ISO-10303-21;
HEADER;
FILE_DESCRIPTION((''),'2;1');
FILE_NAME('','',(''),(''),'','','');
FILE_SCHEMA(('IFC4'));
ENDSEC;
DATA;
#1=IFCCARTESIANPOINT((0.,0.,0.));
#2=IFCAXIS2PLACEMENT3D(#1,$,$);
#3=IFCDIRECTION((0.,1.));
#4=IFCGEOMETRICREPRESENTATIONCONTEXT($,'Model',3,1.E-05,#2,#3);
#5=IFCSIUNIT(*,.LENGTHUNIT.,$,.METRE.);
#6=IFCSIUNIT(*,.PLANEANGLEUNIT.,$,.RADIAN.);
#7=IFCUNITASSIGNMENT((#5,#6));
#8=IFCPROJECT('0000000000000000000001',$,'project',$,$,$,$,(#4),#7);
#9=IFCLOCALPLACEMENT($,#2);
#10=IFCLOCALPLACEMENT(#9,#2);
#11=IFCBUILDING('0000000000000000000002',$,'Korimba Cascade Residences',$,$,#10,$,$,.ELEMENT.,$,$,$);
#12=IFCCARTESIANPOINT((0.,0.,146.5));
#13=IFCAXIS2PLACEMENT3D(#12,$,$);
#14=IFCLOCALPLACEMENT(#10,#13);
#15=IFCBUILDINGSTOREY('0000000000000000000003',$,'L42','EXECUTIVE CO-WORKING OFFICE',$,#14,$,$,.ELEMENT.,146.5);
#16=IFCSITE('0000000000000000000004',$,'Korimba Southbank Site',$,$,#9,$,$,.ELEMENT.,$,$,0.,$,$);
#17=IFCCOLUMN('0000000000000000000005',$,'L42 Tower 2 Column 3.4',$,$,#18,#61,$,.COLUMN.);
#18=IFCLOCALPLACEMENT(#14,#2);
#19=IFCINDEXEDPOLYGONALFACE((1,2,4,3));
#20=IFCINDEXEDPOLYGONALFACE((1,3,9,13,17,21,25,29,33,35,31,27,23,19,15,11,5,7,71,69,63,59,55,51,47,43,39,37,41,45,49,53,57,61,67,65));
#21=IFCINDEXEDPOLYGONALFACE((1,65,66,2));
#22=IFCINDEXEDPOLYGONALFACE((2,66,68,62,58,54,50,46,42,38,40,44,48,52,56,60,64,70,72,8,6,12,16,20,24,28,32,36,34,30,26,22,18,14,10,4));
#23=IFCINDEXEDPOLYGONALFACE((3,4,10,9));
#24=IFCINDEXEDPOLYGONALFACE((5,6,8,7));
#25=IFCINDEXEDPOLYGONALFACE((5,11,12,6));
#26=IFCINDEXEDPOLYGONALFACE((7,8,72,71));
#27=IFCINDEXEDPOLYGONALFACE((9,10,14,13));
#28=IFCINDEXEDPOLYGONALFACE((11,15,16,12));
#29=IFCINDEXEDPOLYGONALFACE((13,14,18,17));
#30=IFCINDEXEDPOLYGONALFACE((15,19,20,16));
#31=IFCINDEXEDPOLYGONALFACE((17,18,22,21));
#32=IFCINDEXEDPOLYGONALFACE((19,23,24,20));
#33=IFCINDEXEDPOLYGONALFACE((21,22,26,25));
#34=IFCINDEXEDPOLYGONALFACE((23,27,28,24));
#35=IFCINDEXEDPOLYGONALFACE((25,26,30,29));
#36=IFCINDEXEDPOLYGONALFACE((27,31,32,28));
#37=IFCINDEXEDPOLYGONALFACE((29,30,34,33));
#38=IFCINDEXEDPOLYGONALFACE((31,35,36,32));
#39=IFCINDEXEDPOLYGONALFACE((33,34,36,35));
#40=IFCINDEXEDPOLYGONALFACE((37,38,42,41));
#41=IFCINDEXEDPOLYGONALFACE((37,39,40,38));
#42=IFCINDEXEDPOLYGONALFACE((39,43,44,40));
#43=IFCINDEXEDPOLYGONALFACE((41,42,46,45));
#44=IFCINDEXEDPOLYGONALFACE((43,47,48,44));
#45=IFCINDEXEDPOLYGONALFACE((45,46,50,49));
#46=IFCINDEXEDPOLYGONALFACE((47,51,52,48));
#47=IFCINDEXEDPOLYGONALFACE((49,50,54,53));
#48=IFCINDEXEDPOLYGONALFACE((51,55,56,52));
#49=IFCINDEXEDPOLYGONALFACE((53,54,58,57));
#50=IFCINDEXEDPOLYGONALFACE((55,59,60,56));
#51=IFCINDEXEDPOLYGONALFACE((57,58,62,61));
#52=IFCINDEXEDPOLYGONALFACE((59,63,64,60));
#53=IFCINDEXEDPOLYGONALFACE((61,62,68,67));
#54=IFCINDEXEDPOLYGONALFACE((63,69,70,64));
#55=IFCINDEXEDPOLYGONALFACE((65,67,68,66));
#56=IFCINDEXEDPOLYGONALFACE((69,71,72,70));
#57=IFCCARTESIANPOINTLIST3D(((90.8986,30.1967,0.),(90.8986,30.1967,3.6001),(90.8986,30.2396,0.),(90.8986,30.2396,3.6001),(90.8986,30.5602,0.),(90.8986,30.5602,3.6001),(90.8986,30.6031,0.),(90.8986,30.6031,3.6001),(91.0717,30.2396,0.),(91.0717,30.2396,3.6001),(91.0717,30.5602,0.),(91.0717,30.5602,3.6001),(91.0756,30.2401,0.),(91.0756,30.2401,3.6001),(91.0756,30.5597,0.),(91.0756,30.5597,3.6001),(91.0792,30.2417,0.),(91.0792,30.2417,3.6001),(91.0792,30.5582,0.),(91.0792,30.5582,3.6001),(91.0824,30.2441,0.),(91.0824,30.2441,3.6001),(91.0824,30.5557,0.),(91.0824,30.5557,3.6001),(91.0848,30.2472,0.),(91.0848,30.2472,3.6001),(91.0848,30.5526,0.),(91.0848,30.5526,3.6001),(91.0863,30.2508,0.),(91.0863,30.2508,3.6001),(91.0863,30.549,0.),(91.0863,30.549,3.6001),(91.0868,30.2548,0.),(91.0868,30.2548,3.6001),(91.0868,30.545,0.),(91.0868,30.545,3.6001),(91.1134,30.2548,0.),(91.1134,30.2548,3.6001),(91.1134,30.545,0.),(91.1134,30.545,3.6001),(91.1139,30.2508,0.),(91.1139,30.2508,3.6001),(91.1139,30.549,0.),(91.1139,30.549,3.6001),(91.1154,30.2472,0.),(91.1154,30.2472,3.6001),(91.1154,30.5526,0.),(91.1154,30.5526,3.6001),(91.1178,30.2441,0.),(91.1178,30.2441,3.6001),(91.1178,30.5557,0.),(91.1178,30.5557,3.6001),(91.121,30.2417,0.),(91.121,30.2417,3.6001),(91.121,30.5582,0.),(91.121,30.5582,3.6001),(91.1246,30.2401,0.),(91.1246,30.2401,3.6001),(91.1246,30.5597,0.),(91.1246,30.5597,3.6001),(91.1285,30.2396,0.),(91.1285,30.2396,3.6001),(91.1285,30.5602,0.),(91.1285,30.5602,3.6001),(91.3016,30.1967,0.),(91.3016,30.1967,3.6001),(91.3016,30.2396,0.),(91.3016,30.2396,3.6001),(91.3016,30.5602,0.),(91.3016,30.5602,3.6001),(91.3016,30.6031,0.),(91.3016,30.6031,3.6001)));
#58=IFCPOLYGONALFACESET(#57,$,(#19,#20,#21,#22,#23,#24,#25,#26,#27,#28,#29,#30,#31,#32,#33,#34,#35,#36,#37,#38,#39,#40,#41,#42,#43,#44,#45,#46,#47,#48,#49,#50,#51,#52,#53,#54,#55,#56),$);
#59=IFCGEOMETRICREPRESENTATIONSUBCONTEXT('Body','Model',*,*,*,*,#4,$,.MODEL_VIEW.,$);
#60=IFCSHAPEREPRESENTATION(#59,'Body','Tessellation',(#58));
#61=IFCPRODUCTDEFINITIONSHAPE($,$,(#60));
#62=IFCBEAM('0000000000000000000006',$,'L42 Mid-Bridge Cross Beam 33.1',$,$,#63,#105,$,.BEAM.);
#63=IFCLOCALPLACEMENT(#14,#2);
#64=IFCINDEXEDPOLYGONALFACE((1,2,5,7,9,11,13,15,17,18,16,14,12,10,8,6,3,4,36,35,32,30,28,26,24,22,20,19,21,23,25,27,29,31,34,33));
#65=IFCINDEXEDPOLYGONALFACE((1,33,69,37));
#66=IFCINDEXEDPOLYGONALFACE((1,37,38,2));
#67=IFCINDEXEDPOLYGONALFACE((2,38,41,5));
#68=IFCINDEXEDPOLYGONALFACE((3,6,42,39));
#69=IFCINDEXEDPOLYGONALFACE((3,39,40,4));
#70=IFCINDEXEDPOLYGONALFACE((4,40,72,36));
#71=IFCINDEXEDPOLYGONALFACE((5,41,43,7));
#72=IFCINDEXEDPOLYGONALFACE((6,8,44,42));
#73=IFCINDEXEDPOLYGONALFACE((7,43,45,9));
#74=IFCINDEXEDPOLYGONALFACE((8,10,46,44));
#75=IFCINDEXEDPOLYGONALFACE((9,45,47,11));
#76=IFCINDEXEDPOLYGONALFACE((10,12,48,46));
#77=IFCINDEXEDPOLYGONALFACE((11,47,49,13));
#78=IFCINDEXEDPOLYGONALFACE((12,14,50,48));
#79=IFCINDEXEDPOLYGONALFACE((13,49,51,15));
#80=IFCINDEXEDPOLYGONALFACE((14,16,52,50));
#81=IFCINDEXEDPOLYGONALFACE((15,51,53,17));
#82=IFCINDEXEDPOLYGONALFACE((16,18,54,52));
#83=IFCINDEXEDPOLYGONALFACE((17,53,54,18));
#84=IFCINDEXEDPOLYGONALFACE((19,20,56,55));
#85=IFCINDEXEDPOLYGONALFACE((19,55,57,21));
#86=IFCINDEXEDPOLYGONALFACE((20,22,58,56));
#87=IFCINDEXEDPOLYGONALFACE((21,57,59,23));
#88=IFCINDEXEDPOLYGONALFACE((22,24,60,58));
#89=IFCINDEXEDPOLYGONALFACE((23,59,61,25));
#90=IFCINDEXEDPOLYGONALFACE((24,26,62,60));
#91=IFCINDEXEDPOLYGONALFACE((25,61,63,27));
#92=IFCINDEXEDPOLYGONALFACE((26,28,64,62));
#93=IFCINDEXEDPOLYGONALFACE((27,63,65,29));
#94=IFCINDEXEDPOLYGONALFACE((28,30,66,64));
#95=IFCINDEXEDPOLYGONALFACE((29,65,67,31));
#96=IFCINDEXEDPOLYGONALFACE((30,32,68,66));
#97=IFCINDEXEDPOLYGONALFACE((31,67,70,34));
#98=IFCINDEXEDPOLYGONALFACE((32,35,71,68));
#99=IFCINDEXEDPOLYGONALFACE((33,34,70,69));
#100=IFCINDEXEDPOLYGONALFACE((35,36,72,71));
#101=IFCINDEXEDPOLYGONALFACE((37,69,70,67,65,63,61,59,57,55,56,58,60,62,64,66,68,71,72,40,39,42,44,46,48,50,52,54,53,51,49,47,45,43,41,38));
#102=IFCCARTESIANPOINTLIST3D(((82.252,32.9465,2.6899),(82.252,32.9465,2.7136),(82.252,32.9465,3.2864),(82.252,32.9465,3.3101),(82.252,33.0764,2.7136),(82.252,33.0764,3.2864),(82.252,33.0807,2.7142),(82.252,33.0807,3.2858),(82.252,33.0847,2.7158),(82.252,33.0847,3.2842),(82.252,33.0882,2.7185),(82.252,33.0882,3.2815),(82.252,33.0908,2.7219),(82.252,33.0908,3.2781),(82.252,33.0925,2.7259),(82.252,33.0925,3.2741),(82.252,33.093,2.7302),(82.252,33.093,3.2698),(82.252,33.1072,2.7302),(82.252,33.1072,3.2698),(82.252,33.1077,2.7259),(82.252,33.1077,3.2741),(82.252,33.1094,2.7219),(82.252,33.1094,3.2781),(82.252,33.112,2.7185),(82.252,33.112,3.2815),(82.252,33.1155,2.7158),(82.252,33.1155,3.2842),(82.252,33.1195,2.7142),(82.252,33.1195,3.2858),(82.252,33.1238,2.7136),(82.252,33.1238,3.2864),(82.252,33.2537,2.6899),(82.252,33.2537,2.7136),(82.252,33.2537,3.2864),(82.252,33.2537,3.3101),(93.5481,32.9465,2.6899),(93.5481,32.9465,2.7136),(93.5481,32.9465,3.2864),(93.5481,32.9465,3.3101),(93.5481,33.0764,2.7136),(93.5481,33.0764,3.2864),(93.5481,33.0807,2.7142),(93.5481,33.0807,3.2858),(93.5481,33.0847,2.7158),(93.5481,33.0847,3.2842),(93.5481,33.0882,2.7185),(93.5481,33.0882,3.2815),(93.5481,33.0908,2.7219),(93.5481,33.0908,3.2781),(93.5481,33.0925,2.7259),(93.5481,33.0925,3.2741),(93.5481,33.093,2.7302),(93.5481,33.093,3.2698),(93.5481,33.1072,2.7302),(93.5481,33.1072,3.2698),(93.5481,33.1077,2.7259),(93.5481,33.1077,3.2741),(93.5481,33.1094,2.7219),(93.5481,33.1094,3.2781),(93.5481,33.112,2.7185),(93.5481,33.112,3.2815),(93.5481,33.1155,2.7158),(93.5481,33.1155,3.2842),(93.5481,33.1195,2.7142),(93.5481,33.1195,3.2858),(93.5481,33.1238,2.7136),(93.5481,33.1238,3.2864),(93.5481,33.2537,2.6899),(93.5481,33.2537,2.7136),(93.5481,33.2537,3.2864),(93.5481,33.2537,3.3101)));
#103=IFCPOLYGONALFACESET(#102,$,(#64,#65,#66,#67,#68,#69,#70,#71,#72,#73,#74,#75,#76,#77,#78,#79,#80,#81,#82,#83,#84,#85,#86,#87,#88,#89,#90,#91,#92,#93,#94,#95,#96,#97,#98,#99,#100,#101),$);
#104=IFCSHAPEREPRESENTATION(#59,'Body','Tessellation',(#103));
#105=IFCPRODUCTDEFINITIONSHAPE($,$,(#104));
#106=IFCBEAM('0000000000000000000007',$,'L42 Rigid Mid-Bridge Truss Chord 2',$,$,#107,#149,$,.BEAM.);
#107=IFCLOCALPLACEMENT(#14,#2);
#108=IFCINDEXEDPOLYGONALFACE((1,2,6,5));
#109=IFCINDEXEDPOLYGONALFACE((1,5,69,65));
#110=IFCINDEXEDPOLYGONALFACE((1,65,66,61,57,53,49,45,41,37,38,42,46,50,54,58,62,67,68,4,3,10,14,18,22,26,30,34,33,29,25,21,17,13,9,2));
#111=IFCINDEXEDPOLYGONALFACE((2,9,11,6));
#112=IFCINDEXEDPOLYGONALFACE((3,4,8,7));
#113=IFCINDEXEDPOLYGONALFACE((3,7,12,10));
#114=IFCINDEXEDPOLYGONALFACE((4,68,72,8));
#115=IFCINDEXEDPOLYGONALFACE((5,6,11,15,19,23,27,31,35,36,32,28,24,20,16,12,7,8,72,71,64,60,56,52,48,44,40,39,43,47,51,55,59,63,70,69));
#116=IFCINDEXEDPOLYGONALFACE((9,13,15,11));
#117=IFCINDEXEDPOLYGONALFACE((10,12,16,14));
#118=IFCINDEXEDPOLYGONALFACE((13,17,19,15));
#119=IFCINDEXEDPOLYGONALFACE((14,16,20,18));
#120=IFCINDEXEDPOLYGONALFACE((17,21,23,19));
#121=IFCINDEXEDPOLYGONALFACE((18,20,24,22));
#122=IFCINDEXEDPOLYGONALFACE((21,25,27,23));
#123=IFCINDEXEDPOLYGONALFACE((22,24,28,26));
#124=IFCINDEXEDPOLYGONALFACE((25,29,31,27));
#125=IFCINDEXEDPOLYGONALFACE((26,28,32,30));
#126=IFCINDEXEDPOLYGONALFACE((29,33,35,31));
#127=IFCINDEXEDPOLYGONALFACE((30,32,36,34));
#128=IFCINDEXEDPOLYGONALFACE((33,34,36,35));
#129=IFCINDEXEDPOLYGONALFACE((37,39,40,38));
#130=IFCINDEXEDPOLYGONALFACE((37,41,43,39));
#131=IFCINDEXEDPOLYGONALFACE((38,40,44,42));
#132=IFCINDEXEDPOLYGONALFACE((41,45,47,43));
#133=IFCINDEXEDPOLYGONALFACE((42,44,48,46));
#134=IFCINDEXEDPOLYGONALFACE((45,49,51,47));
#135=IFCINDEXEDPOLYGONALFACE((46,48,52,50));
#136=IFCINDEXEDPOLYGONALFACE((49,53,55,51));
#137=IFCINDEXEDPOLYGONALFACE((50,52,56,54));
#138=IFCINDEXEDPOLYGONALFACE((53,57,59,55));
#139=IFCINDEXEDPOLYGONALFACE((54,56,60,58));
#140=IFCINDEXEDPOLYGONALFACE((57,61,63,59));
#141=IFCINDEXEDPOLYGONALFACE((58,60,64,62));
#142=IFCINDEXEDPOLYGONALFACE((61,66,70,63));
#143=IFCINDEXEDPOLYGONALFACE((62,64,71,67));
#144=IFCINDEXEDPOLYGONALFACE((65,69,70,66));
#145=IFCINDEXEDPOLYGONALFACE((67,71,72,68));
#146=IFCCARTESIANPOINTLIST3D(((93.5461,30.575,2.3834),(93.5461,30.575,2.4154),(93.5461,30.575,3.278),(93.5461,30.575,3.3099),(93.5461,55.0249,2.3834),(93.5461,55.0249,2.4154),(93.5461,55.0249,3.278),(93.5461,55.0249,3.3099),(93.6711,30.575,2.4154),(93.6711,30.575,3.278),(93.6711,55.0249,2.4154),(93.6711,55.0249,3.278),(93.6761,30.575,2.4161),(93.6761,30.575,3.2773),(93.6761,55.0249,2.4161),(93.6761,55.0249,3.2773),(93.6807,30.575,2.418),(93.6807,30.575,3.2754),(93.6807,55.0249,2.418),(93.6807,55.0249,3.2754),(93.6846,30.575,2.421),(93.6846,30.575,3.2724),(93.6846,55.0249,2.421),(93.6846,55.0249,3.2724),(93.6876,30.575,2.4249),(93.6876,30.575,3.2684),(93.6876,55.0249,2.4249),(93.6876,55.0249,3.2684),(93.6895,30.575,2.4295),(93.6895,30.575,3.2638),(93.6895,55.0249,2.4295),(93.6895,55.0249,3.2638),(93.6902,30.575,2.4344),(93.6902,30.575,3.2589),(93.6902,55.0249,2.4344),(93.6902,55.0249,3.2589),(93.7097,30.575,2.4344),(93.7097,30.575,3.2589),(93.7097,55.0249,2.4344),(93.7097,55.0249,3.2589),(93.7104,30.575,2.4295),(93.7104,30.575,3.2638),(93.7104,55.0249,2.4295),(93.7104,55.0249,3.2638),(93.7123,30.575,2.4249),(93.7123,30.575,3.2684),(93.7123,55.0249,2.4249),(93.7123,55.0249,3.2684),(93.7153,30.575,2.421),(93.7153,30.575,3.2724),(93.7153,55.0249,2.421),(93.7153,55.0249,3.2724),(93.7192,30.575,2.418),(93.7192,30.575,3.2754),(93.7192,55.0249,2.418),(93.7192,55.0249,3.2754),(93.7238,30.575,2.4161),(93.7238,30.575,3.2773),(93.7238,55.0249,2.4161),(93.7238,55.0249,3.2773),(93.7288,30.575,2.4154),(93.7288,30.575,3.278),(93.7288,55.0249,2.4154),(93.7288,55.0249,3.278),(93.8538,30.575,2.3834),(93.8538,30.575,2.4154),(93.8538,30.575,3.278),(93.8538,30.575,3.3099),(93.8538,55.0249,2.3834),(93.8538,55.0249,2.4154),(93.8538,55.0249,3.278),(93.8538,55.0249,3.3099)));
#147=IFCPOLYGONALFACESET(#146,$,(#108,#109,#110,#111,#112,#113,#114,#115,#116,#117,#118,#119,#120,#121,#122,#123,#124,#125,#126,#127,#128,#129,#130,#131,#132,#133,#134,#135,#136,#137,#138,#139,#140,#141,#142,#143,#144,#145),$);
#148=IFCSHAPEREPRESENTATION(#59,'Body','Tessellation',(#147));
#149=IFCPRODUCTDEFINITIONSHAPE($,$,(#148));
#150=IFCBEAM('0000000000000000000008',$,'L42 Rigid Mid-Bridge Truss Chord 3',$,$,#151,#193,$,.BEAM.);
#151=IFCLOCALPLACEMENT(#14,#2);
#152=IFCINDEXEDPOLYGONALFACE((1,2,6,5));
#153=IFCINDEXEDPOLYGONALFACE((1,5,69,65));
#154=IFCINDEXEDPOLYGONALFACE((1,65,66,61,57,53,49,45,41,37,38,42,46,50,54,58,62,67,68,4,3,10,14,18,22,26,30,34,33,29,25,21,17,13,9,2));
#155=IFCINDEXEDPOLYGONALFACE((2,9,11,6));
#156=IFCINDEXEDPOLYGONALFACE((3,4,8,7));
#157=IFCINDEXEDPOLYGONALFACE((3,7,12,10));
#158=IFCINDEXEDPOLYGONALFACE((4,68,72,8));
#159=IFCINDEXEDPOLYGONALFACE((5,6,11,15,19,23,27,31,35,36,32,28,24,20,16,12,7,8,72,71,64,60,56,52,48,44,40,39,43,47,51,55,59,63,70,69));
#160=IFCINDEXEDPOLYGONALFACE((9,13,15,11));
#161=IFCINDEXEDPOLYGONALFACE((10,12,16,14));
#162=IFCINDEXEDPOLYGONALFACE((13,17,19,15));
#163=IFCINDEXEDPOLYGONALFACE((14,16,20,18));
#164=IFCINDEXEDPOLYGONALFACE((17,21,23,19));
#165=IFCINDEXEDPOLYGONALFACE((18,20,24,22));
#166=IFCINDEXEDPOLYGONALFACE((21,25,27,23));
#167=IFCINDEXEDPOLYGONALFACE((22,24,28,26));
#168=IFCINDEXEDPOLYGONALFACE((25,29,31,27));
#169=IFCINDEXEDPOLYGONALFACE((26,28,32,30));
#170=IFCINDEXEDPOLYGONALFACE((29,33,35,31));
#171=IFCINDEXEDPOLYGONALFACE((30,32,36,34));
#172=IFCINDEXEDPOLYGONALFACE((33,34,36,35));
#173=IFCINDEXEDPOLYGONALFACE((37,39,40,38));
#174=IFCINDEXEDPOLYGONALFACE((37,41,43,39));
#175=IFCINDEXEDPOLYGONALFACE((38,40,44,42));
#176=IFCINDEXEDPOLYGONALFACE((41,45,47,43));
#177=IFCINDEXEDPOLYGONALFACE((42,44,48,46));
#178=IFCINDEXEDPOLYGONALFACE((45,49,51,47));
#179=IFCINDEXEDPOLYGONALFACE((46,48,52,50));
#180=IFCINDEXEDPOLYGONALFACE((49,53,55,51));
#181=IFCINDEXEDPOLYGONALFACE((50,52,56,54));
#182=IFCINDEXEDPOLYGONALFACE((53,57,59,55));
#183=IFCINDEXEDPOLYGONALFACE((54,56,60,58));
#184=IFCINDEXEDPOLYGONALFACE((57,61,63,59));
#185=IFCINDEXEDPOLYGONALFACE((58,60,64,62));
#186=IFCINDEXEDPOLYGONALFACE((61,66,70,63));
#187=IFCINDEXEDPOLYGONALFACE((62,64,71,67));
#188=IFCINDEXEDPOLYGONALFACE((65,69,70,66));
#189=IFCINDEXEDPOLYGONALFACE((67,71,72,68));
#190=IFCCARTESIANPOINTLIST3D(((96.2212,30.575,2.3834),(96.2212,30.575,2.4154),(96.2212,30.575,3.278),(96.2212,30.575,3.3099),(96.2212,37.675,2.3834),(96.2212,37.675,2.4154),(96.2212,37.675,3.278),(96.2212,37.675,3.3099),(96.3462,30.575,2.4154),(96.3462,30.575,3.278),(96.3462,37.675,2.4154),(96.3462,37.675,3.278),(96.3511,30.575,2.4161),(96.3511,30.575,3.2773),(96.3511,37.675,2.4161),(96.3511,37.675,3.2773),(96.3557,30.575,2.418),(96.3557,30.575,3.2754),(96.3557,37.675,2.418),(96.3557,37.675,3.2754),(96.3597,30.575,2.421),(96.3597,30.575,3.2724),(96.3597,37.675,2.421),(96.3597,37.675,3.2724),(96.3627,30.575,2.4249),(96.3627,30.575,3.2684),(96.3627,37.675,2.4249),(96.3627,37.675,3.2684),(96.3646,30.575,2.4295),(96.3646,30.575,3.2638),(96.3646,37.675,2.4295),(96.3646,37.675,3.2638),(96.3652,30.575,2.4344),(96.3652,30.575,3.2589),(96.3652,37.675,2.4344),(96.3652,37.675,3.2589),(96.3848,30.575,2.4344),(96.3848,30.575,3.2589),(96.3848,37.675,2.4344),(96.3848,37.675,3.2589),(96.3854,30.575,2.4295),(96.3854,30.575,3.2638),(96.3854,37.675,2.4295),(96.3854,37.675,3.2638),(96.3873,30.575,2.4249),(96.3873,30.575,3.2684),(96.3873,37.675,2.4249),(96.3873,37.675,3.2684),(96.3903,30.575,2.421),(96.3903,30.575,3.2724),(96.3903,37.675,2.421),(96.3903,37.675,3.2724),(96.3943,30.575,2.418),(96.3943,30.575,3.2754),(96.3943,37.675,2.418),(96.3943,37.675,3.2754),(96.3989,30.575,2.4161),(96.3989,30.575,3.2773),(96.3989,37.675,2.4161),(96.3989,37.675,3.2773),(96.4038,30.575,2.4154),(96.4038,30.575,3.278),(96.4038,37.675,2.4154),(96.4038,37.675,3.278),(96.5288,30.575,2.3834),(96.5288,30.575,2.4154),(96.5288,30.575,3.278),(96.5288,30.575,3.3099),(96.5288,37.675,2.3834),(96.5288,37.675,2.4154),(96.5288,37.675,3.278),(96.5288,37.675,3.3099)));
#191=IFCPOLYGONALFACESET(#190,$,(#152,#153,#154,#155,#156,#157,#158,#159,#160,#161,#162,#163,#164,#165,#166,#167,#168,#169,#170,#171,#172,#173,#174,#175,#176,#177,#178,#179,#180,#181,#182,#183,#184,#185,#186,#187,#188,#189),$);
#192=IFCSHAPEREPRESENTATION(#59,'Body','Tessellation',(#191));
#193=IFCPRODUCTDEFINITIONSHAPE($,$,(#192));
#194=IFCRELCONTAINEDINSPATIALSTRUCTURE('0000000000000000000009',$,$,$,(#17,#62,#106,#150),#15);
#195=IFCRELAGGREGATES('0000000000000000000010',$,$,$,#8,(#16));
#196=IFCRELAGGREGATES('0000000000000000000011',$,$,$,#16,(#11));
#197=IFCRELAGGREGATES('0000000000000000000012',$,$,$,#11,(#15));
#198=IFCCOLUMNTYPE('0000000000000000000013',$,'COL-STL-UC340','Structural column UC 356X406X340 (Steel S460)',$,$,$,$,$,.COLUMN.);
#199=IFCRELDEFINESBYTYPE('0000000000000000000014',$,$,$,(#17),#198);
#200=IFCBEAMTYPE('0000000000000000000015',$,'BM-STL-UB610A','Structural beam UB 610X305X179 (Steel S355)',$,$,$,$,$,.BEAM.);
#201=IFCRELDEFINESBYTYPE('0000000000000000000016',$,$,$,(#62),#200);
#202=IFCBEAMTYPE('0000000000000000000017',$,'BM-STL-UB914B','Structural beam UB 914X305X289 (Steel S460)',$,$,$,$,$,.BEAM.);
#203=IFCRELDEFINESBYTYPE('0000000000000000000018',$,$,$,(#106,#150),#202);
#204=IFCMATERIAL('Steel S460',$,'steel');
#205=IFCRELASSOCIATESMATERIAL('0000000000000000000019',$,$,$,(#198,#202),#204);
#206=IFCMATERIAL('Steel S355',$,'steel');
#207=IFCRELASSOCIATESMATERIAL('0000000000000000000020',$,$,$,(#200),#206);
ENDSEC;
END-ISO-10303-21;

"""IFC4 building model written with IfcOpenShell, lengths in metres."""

from ifc_helpers import new_model, si_unit, direction, frame, origin, origin_2d, place, context, subcontext, project, spatial, i_section, extrude, material, material_profile, profile_set, type_object, element, save


model = new_model("IFC4")

# Units and contexts
model_context = context("Model", 3, precision=1e-05, world=origin(), true_north=direction((0.0, 1.0)))
body_context = subcontext(model_context, "Body", "Model", "MODEL_VIEW")
ifc_project = project(units=[si_unit("LENGTHUNIT", "METRE"), si_unit("PLANEANGLEUNIT", "RADIAN")], contexts=[model_context])

# Site, building, storey
site_placement = place(None, origin())
site = spatial("IfcSite", under=ifc_project, at=site_placement, Name="Korimba Southbank Site", CompositionType="ELEMENT", RefElevation=0.0)
building_placement = place(site_placement, origin())
building = spatial("IfcBuilding", under=site, at=building_placement, Name="Korimba Cascade Residences", CompositionType="ELEMENT")
storey_placement = place(building_placement, frame((0.0, 0.0, 146.5)))
storey = spatial("IfcBuildingStorey", under=building, at=storey_placement, Name="L42", Description="EXECUTIVE CO-WORKING OFFICE", CompositionType="ELEMENT", Elevation=146.5)

# Column
ifc_material_1 = material(Name="Steel S460", Category="steel")
ifc_material_profile_1 = material_profile(ifc_material_1, i_section(OverallWidth=0.4031, OverallDepth=0.4065, WebThickness=0.0266, FlangeThickness=0.043, FilletRadius=0.0151, at=origin_2d()), Name="Steel S460")
ifc_profile_set_1 = profile_set([ifc_material_profile_1], Name="Steel S460")
column_type = type_object("IfcColumnType", Name="COL-STL-UC340", Description="Structural column UC 356X406X340 (Steel S460)", PredefinedType="COLUMN", material=ifc_profile_set_1)
column_placement = place(storey_placement, frame((91.1001, 30.3999, 0.0), z_axis=(0.0, 0.0, 1.0), x_axis=(1.0, 0.0, 0.0)))
element("IfcColumn", 1, at=column_placement, inside=storey, type_object=column_type, Name="L42 Tower 2 Column 3.4", PredefinedType="COLUMN", context=body_context, shape_type="SweptSolid", body=[
    extrude(i_section(OverallWidth=0.4031, OverallDepth=0.4065, WebThickness=0.0266, FlangeThickness=0.043, FilletRadius=0.0151, at=origin_2d()), origin(), (0.0, 0.0, 1.0), 3.6001),
])

# Beams
ifc_material_2 = material(Name="Steel S355", Category="steel")
ifc_material_profile_2 = material_profile(ifc_material_2, i_section(OverallWidth=0.3071, OverallDepth=0.6201, WebThickness=0.0142, FlangeThickness=0.0237, FilletRadius=0.0166, at=origin_2d()), Name="Steel S355")
ifc_profile_set_2 = profile_set([ifc_material_profile_2], Name="Steel S355")
beam_type_1 = type_object("IfcBeamType", Name="BM-STL-UB610A", Description="Structural beam UB 610X305X179 (Steel S355)", PredefinedType="BEAM", material=ifc_profile_set_2)
beam_1_placement = place(storey_placement, frame((82.252, 33.1001, 3.0), z_axis=(1.0, 0.0, 0.0), x_axis=(0.0, 1.0, 0.0)))
element("IfcBeam", 2, at=beam_1_placement, inside=storey, type_object=beam_type_1, Name="L42 Mid-Bridge Cross Beam 33.1", PredefinedType="BEAM", context=body_context, shape_type="SweptSolid", body=[
    extrude(i_section(OverallWidth=0.3071, OverallDepth=0.6201, WebThickness=0.0142, FlangeThickness=0.0237, FilletRadius=0.0166, at=origin_2d()), origin(), (0.0, 0.0, 1.0), 11.2961),
])
ifc_material_profile_3 = material_profile(ifc_material_1, i_section(OverallWidth=0.3076, OverallDepth=0.9265, WebThickness=0.0195, FlangeThickness=0.032, FilletRadius=0.019, at=origin_2d()), Name="Steel S460")
ifc_profile_set_3 = profile_set([ifc_material_profile_3], Name="Steel S460")
beam_type_2 = type_object("IfcBeamType", Name="BM-STL-UB914B", Description="Structural beam UB 914X305X289 (Steel S460)", PredefinedType="BEAM", material=ifc_profile_set_3)
beam_2_placement = place(storey_placement, frame((93.7, 30.575, 2.8467), z_axis=(0.0, 1.0, 0.0), x_axis=(-1.0, 0.0, 0.0)))
element("IfcBeam", 3, at=beam_2_placement, inside=storey, type_object=beam_type_2, Name="L42 Rigid Mid-Bridge Truss Chord 2", PredefinedType="BEAM", context=body_context, shape_type="SweptSolid", body=[
    extrude(i_section(OverallWidth=0.3076, OverallDepth=0.9265, WebThickness=0.0195, FlangeThickness=0.032, FilletRadius=0.019, at=origin_2d()), origin(), (0.0, 0.0, 1.0), 24.45),
])
beam_3_placement = place(storey_placement, frame((96.375, 30.575, 2.8467), z_axis=(0.0, 1.0, 0.0), x_axis=(-1.0, 0.0, 0.0)))
element("IfcBeam", 4, at=beam_3_placement, inside=storey, type_object=beam_type_2, Name="L42 Rigid Mid-Bridge Truss Chord 3", PredefinedType="BEAM", context=body_context, shape_type="SweptSolid", body=[
    extrude(i_section(OverallWidth=0.3076, OverallDepth=0.9265, WebThickness=0.0195, FlangeThickness=0.032, FilletRadius=0.019, at=origin_2d()), origin(), (0.0, 0.0, 1.0), 7.1001),
])

save(model, "model.ifc")
